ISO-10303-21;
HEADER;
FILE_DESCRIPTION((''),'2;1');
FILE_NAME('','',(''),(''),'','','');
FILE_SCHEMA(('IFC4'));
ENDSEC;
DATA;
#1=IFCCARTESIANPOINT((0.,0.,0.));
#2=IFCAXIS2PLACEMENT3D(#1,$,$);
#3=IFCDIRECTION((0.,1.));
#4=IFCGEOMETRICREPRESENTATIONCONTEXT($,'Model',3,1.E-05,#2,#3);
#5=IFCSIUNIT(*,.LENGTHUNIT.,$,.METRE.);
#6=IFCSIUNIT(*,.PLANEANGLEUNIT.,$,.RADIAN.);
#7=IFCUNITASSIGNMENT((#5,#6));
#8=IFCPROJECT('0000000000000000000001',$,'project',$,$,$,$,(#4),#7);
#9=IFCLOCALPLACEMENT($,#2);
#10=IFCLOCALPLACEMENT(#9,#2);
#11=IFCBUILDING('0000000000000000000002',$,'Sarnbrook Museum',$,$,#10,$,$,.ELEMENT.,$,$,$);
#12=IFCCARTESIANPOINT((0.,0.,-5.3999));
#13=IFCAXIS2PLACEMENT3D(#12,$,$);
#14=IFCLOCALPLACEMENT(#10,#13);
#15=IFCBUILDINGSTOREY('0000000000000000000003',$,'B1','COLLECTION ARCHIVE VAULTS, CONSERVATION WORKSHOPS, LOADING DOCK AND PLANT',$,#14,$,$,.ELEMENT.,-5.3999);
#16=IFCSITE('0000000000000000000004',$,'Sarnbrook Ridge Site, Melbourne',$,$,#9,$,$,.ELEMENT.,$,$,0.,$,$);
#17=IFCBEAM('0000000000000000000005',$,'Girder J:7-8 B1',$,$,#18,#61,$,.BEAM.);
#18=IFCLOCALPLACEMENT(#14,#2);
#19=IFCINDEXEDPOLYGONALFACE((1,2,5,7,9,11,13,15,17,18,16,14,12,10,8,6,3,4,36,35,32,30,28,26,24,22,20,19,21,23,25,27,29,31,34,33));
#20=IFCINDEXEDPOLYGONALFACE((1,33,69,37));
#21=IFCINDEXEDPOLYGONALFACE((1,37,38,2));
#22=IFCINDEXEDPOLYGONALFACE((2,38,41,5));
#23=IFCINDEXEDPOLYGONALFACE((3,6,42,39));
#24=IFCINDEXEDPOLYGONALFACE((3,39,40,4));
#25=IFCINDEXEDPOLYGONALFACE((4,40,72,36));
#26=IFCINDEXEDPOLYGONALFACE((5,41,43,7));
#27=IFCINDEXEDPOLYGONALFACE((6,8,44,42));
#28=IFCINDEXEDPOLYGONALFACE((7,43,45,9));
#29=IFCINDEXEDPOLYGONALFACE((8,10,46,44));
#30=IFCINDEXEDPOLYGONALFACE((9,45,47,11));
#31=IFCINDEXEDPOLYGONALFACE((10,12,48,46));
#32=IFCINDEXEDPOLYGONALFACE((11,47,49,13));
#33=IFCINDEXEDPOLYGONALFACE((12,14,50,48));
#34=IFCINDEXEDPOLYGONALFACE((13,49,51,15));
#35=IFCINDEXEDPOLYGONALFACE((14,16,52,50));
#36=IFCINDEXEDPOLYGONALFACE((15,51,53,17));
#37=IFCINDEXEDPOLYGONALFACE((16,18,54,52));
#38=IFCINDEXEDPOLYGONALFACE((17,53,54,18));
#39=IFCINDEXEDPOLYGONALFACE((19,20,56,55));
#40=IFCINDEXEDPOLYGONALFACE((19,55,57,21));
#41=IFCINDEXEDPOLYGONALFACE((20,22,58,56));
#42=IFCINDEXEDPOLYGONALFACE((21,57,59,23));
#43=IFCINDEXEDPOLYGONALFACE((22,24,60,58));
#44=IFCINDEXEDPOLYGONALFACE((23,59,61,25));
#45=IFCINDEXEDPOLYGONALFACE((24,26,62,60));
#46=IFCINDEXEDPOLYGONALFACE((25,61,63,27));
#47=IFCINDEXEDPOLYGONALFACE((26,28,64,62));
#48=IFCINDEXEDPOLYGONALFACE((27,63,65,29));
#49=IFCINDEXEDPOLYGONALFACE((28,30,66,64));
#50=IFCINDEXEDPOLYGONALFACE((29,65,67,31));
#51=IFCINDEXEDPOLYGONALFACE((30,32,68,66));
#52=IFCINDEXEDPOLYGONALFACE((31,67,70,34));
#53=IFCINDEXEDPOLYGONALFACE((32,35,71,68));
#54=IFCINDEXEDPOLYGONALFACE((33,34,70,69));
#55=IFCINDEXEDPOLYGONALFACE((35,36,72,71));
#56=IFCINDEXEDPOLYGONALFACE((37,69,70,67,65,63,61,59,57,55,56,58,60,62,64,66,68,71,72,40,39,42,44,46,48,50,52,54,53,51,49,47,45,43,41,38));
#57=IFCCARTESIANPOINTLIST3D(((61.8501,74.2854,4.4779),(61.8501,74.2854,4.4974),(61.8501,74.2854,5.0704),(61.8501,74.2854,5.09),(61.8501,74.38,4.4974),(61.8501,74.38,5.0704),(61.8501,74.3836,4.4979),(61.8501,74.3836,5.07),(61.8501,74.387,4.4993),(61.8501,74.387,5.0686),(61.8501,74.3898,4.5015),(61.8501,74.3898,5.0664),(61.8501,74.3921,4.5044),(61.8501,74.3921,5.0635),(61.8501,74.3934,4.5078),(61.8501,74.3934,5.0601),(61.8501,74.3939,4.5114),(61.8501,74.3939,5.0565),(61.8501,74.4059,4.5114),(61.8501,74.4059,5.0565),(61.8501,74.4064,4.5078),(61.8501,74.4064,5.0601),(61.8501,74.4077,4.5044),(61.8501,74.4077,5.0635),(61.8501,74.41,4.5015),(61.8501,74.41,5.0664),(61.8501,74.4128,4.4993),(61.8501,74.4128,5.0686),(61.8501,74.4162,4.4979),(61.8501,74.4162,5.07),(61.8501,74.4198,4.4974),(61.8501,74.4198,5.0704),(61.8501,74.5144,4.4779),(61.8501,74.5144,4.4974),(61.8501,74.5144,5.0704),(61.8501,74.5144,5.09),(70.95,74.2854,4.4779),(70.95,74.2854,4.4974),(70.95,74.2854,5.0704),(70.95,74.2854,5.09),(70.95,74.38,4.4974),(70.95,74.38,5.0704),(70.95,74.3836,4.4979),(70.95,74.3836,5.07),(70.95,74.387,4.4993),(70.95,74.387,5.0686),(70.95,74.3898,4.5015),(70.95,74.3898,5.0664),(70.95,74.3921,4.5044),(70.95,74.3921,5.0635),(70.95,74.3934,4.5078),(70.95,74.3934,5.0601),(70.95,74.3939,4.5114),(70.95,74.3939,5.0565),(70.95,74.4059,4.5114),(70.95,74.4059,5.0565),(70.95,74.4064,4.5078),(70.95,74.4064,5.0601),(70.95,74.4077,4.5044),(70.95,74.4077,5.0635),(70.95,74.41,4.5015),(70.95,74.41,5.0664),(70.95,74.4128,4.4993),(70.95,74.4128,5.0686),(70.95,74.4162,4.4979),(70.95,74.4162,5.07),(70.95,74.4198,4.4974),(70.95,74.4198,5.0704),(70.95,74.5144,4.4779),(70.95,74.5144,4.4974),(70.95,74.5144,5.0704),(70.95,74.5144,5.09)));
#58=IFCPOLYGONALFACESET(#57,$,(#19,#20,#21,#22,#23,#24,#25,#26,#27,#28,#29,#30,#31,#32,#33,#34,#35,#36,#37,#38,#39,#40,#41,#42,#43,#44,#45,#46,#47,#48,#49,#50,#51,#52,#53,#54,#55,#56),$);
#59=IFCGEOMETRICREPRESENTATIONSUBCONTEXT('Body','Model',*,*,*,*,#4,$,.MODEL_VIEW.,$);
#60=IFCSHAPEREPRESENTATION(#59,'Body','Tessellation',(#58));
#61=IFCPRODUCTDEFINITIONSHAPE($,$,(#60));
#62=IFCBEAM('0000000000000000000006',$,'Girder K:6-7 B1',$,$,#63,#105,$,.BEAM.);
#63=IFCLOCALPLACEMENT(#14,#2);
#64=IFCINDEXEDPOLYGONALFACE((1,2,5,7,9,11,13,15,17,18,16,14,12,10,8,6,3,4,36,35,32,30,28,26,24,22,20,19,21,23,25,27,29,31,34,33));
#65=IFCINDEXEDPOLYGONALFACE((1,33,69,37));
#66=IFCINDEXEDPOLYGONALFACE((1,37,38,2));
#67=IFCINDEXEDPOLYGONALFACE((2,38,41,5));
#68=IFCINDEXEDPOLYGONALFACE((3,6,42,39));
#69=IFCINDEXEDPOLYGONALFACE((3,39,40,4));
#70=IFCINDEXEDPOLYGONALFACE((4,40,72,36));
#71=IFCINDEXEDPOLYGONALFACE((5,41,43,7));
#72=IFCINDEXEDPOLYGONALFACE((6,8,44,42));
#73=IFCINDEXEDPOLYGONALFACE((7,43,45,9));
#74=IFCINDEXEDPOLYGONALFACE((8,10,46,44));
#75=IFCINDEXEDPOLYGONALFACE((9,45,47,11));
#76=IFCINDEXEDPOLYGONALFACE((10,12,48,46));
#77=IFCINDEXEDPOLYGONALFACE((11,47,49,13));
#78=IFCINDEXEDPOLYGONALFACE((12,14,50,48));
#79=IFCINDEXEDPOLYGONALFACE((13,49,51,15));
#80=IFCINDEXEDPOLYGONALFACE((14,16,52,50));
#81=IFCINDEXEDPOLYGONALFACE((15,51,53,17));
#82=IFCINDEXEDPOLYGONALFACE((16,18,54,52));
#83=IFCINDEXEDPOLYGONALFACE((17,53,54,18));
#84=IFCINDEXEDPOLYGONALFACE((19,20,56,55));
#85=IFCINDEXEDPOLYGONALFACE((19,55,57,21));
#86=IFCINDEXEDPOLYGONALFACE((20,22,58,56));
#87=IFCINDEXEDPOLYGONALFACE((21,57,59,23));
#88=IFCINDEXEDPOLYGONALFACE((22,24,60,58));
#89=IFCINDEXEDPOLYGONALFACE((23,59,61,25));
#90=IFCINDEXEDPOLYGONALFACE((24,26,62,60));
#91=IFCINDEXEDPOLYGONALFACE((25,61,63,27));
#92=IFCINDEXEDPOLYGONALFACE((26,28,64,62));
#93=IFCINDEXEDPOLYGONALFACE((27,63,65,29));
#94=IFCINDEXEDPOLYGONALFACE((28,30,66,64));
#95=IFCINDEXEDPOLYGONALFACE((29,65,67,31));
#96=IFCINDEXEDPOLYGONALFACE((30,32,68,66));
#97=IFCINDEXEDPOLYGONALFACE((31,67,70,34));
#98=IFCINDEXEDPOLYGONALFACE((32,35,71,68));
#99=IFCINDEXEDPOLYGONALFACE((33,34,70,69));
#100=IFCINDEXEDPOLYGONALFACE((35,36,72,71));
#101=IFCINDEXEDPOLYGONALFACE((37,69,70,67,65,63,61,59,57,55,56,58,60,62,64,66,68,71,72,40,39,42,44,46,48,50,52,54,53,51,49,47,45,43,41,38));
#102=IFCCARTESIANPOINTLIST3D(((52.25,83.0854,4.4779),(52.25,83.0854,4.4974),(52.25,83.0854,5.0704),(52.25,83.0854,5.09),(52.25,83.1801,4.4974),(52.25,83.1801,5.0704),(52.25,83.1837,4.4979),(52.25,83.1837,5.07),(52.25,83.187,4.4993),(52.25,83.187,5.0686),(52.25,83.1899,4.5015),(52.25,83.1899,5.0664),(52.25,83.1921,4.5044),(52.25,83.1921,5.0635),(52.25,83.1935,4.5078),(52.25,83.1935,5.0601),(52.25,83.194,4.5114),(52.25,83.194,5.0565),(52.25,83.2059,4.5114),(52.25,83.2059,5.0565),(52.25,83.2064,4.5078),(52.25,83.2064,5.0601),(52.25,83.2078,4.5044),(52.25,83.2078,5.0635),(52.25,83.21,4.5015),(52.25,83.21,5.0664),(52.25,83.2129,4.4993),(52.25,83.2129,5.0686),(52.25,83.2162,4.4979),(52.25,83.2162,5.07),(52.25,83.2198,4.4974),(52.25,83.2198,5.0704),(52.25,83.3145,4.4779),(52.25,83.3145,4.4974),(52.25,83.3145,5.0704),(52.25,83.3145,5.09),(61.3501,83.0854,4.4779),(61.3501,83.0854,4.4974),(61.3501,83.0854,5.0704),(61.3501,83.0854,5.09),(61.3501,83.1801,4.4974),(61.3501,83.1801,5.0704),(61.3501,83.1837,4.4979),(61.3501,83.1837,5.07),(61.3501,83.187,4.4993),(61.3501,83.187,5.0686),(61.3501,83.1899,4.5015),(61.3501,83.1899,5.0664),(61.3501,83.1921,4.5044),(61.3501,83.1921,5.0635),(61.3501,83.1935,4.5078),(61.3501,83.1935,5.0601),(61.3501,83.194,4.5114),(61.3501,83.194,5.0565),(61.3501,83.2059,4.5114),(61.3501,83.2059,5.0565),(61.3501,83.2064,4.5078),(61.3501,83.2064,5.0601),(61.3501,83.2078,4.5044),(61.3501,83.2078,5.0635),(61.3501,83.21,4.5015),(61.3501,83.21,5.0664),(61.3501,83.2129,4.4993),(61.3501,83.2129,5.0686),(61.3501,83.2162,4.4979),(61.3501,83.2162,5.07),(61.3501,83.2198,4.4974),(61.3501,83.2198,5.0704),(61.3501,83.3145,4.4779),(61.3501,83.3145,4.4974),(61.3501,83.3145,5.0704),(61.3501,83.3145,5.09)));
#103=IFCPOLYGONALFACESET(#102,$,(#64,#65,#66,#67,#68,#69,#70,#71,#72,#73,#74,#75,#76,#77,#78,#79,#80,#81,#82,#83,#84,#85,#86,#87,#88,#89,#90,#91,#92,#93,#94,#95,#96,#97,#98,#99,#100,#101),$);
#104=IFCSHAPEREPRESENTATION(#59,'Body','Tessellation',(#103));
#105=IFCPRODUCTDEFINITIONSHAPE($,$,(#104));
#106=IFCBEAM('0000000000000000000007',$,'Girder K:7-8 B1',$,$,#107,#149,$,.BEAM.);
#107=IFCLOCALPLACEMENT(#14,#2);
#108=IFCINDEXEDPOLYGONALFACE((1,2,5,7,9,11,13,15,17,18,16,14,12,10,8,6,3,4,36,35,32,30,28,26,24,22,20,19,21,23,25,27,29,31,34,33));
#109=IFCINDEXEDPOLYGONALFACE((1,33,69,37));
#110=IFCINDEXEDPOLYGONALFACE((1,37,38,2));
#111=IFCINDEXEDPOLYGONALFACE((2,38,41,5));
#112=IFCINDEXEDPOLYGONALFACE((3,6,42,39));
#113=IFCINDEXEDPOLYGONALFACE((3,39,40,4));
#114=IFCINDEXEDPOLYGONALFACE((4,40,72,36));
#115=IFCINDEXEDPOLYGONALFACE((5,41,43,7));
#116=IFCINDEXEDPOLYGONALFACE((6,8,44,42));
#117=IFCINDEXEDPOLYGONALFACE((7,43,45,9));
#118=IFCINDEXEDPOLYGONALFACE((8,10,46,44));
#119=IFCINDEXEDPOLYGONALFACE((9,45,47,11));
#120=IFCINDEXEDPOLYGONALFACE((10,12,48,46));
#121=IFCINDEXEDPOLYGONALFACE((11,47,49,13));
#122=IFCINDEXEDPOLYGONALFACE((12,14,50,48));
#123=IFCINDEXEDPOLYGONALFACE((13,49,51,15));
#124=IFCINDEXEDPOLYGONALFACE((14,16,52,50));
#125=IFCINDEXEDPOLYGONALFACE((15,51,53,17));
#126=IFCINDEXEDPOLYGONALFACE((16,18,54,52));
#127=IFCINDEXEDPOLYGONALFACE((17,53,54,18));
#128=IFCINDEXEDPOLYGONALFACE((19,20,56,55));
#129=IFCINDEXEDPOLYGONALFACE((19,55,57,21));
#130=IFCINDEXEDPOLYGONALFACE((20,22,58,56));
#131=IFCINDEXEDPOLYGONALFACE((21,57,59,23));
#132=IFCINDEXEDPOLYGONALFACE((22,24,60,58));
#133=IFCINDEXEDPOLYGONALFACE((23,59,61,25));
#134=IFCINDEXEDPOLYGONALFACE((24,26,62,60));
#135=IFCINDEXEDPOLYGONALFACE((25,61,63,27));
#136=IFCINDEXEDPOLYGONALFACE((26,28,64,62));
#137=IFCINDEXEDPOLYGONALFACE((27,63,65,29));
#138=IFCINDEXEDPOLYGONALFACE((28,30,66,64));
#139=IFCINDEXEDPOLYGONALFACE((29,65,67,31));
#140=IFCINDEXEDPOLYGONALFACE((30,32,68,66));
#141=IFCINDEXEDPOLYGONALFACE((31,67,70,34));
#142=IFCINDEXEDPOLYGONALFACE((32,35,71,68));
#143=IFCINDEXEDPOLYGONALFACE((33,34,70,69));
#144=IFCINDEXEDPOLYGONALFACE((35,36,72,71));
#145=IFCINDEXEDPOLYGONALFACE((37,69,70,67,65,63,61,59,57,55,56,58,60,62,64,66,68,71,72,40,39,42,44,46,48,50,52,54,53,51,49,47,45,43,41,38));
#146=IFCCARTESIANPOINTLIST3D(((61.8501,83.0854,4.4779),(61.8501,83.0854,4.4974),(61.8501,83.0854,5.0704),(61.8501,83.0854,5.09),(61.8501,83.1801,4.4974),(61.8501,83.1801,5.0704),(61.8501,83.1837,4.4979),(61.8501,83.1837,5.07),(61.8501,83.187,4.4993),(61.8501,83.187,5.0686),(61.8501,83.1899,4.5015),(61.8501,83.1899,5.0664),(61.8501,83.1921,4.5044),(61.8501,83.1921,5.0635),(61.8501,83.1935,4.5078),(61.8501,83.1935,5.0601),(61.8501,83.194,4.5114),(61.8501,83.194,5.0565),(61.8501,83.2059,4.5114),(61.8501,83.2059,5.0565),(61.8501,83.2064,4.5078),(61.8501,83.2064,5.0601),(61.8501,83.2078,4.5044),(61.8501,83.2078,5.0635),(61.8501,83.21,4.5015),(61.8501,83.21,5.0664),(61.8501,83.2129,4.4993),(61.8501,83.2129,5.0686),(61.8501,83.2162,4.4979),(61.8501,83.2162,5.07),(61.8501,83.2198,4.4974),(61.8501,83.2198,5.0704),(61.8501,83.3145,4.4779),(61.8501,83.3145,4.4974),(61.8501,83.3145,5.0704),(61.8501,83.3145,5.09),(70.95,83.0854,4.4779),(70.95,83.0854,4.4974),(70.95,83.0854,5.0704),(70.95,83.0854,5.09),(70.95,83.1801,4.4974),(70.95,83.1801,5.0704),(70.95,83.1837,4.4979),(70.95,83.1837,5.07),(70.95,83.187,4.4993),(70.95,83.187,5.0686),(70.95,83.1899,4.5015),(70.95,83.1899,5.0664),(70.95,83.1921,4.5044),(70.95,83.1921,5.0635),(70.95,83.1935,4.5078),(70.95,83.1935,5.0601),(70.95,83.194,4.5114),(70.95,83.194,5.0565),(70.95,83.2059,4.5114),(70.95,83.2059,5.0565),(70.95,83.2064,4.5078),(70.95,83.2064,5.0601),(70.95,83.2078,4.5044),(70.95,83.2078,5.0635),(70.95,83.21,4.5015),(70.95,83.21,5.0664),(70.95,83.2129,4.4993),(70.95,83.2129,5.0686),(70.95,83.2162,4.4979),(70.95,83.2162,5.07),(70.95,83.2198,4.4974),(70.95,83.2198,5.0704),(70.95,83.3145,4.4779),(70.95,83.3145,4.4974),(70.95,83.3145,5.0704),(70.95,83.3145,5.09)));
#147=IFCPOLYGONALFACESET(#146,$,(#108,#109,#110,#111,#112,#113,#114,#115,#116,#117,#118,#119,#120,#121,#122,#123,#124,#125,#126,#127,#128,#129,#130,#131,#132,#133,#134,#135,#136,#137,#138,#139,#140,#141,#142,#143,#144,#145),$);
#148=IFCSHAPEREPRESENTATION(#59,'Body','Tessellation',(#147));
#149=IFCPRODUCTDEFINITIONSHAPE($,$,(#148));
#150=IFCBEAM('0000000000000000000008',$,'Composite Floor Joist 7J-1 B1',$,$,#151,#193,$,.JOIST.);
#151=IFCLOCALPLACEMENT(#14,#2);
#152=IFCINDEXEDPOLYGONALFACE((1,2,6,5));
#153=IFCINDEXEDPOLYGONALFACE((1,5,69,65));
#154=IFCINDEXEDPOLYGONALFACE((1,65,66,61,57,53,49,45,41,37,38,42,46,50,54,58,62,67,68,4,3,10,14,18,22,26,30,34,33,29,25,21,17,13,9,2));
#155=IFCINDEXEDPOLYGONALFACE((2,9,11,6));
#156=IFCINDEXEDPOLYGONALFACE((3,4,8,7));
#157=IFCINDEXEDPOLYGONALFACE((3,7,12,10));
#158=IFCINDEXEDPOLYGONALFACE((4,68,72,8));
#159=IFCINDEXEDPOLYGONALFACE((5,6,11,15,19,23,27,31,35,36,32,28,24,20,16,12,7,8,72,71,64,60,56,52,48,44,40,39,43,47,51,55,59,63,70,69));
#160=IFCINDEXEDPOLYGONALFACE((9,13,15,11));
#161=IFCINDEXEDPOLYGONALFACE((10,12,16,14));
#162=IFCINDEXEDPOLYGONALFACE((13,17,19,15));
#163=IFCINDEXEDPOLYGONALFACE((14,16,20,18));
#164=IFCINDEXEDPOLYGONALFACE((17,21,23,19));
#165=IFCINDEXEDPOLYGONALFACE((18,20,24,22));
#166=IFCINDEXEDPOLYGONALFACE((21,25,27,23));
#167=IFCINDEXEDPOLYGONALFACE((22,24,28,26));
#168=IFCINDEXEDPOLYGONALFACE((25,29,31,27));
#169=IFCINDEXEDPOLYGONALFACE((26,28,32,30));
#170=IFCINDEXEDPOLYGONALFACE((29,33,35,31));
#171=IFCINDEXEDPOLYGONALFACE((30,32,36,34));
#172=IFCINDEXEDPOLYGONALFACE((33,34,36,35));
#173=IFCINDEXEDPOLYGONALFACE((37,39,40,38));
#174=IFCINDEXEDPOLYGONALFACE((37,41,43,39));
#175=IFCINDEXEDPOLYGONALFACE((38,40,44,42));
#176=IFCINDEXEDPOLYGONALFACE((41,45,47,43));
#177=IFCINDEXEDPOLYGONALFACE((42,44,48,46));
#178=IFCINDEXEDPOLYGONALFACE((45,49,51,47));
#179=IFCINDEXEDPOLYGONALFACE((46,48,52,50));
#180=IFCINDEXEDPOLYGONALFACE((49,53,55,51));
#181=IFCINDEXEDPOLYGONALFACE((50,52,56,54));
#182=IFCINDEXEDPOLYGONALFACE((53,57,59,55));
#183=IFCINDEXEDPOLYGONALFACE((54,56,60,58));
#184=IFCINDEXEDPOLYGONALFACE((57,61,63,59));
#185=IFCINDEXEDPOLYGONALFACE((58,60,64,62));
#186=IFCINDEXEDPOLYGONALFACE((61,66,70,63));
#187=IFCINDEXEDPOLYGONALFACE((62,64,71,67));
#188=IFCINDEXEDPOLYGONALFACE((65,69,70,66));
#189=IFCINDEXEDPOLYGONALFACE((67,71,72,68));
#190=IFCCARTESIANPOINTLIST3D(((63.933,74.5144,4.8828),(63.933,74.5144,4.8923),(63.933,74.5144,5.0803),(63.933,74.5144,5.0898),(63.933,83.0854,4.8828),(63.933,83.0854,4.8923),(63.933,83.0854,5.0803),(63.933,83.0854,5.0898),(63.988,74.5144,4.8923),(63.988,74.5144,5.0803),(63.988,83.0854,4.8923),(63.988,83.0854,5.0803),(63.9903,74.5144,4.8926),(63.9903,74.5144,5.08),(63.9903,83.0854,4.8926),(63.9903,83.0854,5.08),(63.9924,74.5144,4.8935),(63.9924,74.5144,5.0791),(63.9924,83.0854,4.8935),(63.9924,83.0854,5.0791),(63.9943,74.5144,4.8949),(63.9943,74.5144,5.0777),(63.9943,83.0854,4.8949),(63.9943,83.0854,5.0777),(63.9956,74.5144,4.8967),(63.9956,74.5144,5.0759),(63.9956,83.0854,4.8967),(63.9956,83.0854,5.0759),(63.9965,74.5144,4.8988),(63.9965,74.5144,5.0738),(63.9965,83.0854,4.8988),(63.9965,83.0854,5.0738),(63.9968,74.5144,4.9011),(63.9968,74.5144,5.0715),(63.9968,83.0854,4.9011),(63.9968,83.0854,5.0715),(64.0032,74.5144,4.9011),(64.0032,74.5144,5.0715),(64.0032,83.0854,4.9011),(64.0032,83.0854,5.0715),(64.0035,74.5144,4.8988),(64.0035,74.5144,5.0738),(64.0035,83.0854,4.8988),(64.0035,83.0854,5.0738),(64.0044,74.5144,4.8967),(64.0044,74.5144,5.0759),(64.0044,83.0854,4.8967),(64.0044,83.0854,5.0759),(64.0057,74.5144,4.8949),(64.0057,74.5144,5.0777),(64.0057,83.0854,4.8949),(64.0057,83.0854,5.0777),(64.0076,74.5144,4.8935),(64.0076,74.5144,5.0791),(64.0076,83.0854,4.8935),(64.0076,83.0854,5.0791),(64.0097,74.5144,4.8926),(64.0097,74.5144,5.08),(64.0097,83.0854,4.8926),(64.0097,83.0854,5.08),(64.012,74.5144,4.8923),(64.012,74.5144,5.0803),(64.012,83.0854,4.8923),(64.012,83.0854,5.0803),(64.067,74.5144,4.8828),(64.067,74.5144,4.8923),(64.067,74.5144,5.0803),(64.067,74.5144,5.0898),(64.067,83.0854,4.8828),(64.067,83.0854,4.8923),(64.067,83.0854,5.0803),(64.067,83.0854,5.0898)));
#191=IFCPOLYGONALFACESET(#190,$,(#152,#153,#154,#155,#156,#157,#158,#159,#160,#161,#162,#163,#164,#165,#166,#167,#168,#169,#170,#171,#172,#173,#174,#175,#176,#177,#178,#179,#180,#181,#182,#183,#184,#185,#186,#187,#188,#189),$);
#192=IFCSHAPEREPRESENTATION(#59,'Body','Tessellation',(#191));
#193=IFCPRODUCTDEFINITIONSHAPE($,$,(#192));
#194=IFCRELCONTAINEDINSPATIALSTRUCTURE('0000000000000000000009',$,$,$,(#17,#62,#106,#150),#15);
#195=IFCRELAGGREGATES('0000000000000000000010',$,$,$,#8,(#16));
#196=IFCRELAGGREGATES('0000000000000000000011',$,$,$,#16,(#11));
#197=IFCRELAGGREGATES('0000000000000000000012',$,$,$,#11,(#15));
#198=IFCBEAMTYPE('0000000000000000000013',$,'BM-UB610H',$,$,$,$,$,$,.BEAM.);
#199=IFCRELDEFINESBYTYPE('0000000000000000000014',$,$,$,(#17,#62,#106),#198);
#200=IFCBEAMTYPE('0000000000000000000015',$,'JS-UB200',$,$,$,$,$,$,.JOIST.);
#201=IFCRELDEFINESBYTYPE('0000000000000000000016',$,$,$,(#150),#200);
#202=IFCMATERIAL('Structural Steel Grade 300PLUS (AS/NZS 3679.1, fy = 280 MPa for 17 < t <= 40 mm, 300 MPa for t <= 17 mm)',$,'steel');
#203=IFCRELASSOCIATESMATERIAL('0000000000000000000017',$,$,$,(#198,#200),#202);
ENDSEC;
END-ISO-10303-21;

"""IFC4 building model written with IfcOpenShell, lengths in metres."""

from ifc_helpers import new_model, si_unit, direction, frame, origin, origin_2d, place, context, subcontext, project, spatial, i_section, extrude, material, material_profile, profile_set, type_object, element, save


model = new_model("IFC4")

# Units and contexts
model_context = context("Model", 3, precision=1e-05, world=origin(), true_north=direction((0.0, 1.0)))
body_context = subcontext(model_context, "Body", "Model", "MODEL_VIEW")
ifc_project = project(units=[si_unit("LENGTHUNIT", "METRE"), si_unit("PLANEANGLEUNIT", "RADIAN")], contexts=[model_context])

# Site, building, storey
site_placement = place(None, origin())
site = spatial("IfcSite", under=ifc_project, at=site_placement, Name="Sarnbrook Ridge Site, Melbourne", CompositionType="ELEMENT", RefElevation=0.0)
building_placement = place(site_placement, origin())
building = spatial("IfcBuilding", under=site, at=building_placement, Name="Sarnbrook Museum", CompositionType="ELEMENT")
storey_placement = place(building_placement, frame((0.0, 0.0, -5.3999)))
storey = spatial("IfcBuildingStorey", under=building, at=storey_placement, Name="B1", Description="COLLECTION ARCHIVE VAULTS, CONSERVATION WORKSHOPS, LOADING DOCK AND PLANT", CompositionType="ELEMENT", Elevation=-5.3999)

# Beams
ifc_material_1 = material(Name="Structural Steel Grade 300PLUS (AS/NZS 3679.1, fy = 280 MPa for 17 < t <= 40 mm, 300 MPa for t <= 17 mm)", Category="steel")
ifc_material_profile_1 = material_profile(ifc_material_1, i_section(OverallWidth=0.229, OverallDepth=0.6121, WebThickness=0.012, FlangeThickness=0.0195, FilletRadius=0.0139, at=origin_2d()), Name="610UB125")
ifc_profile_set_1 = profile_set([ifc_material_profile_1], Name="Structural Steel Grade 300PLUS (AS/NZS 3679.1, fy = 280 MPa for 17 < t <= 40 mm, 300 MPa for t <= 17 mm)")
beam_type_1 = type_object("IfcBeamType", Name="BM-UB610H", PredefinedType="BEAM", material=ifc_profile_set_1)
beam_1_placement = place(storey_placement, frame((61.8501, 74.3999, 4.7839), z_axis=(1.0, 0.0, 0.0), x_axis=(0.0, 1.0, 0.0)))
element("IfcBeam", 1, at=beam_1_placement, inside=storey, type_object=beam_type_1, Name="Girder J:7-8 B1", PredefinedType="BEAM", context=body_context, shape_type="SweptSolid", body=[
    extrude(i_section(OverallWidth=0.229, OverallDepth=0.6121, WebThickness=0.012, FlangeThickness=0.0195, FilletRadius=0.0139, at=origin_2d()), origin(), (0.0, 0.0, 1.0), 9.0999),
])
beam_2_placement = place(storey_placement, frame((52.25, 83.2, 4.7839), z_axis=(1.0, 0.0, 0.0), x_axis=(0.0, 1.0, 0.0)))
element("IfcBeam", 2, at=beam_2_placement, inside=storey, type_object=beam_type_1, Name="Girder K:6-7 B1", PredefinedType="BEAM", context=body_context, shape_type="SweptSolid", body=[
    extrude(i_section(OverallWidth=0.229, OverallDepth=0.6121, WebThickness=0.012, FlangeThickness=0.0195, FilletRadius=0.0139, at=origin_2d()), origin(), (0.0, 0.0, 1.0), 9.1001),
])
beam_3_placement = place(storey_placement, frame((61.8501, 83.2, 4.7839), z_axis=(1.0, 0.0, 0.0), x_axis=(0.0, 1.0, 0.0)))
element("IfcBeam", 3, at=beam_3_placement, inside=storey, type_object=beam_type_1, Name="Girder K:7-8 B1", PredefinedType="BEAM", context=body_context, shape_type="SweptSolid", body=[
    extrude(i_section(OverallWidth=0.229, OverallDepth=0.6121, WebThickness=0.012, FlangeThickness=0.0195, FilletRadius=0.0139, at=origin_2d()), origin(), (0.0, 0.0, 1.0), 9.0999),
])
ifc_material_profile_2 = material_profile(ifc_material_1, i_section(OverallWidth=0.134, OverallDepth=0.207, WebThickness=0.0063, FlangeThickness=0.0095, FilletRadius=0.0088, at=origin_2d()), Name="200UB29.8")
ifc_profile_set_2 = profile_set([ifc_material_profile_2], Name="Structural Steel Grade 300PLUS (AS/NZS 3679.1, fy = 280 MPa for 17 < t <= 40 mm, 300 MPa for t <= 17 mm)")
beam_type_2 = type_object("IfcBeamType", Name="JS-UB200", PredefinedType="JOIST", material=ifc_profile_set_2)
for number, where, z_axis, x_axis, name in (
    (4, (64.0, 74.5144, 4.9863), (0.0, 1.0, 0.0), (-1.0, 0.0, 0.0), "Composite Floor Joist 7J-1 B1"),
):
    element("IfcBeam", number, at=place(storey_placement, frame(where, z_axis=z_axis, x_axis=x_axis)), inside=storey, type_object=beam_type_2, Name=name, PredefinedType="JOIST", context=body_context, shape_type="SweptSolid", body=[
        extrude(i_section(OverallWidth=0.134, OverallDepth=0.207, WebThickness=0.0063, FlangeThickness=0.0095, FilletRadius=0.0088, at=origin_2d()), origin(), (0.0, 0.0, 1.0), 8.571),
    ])

save(model, "model.ifc")
